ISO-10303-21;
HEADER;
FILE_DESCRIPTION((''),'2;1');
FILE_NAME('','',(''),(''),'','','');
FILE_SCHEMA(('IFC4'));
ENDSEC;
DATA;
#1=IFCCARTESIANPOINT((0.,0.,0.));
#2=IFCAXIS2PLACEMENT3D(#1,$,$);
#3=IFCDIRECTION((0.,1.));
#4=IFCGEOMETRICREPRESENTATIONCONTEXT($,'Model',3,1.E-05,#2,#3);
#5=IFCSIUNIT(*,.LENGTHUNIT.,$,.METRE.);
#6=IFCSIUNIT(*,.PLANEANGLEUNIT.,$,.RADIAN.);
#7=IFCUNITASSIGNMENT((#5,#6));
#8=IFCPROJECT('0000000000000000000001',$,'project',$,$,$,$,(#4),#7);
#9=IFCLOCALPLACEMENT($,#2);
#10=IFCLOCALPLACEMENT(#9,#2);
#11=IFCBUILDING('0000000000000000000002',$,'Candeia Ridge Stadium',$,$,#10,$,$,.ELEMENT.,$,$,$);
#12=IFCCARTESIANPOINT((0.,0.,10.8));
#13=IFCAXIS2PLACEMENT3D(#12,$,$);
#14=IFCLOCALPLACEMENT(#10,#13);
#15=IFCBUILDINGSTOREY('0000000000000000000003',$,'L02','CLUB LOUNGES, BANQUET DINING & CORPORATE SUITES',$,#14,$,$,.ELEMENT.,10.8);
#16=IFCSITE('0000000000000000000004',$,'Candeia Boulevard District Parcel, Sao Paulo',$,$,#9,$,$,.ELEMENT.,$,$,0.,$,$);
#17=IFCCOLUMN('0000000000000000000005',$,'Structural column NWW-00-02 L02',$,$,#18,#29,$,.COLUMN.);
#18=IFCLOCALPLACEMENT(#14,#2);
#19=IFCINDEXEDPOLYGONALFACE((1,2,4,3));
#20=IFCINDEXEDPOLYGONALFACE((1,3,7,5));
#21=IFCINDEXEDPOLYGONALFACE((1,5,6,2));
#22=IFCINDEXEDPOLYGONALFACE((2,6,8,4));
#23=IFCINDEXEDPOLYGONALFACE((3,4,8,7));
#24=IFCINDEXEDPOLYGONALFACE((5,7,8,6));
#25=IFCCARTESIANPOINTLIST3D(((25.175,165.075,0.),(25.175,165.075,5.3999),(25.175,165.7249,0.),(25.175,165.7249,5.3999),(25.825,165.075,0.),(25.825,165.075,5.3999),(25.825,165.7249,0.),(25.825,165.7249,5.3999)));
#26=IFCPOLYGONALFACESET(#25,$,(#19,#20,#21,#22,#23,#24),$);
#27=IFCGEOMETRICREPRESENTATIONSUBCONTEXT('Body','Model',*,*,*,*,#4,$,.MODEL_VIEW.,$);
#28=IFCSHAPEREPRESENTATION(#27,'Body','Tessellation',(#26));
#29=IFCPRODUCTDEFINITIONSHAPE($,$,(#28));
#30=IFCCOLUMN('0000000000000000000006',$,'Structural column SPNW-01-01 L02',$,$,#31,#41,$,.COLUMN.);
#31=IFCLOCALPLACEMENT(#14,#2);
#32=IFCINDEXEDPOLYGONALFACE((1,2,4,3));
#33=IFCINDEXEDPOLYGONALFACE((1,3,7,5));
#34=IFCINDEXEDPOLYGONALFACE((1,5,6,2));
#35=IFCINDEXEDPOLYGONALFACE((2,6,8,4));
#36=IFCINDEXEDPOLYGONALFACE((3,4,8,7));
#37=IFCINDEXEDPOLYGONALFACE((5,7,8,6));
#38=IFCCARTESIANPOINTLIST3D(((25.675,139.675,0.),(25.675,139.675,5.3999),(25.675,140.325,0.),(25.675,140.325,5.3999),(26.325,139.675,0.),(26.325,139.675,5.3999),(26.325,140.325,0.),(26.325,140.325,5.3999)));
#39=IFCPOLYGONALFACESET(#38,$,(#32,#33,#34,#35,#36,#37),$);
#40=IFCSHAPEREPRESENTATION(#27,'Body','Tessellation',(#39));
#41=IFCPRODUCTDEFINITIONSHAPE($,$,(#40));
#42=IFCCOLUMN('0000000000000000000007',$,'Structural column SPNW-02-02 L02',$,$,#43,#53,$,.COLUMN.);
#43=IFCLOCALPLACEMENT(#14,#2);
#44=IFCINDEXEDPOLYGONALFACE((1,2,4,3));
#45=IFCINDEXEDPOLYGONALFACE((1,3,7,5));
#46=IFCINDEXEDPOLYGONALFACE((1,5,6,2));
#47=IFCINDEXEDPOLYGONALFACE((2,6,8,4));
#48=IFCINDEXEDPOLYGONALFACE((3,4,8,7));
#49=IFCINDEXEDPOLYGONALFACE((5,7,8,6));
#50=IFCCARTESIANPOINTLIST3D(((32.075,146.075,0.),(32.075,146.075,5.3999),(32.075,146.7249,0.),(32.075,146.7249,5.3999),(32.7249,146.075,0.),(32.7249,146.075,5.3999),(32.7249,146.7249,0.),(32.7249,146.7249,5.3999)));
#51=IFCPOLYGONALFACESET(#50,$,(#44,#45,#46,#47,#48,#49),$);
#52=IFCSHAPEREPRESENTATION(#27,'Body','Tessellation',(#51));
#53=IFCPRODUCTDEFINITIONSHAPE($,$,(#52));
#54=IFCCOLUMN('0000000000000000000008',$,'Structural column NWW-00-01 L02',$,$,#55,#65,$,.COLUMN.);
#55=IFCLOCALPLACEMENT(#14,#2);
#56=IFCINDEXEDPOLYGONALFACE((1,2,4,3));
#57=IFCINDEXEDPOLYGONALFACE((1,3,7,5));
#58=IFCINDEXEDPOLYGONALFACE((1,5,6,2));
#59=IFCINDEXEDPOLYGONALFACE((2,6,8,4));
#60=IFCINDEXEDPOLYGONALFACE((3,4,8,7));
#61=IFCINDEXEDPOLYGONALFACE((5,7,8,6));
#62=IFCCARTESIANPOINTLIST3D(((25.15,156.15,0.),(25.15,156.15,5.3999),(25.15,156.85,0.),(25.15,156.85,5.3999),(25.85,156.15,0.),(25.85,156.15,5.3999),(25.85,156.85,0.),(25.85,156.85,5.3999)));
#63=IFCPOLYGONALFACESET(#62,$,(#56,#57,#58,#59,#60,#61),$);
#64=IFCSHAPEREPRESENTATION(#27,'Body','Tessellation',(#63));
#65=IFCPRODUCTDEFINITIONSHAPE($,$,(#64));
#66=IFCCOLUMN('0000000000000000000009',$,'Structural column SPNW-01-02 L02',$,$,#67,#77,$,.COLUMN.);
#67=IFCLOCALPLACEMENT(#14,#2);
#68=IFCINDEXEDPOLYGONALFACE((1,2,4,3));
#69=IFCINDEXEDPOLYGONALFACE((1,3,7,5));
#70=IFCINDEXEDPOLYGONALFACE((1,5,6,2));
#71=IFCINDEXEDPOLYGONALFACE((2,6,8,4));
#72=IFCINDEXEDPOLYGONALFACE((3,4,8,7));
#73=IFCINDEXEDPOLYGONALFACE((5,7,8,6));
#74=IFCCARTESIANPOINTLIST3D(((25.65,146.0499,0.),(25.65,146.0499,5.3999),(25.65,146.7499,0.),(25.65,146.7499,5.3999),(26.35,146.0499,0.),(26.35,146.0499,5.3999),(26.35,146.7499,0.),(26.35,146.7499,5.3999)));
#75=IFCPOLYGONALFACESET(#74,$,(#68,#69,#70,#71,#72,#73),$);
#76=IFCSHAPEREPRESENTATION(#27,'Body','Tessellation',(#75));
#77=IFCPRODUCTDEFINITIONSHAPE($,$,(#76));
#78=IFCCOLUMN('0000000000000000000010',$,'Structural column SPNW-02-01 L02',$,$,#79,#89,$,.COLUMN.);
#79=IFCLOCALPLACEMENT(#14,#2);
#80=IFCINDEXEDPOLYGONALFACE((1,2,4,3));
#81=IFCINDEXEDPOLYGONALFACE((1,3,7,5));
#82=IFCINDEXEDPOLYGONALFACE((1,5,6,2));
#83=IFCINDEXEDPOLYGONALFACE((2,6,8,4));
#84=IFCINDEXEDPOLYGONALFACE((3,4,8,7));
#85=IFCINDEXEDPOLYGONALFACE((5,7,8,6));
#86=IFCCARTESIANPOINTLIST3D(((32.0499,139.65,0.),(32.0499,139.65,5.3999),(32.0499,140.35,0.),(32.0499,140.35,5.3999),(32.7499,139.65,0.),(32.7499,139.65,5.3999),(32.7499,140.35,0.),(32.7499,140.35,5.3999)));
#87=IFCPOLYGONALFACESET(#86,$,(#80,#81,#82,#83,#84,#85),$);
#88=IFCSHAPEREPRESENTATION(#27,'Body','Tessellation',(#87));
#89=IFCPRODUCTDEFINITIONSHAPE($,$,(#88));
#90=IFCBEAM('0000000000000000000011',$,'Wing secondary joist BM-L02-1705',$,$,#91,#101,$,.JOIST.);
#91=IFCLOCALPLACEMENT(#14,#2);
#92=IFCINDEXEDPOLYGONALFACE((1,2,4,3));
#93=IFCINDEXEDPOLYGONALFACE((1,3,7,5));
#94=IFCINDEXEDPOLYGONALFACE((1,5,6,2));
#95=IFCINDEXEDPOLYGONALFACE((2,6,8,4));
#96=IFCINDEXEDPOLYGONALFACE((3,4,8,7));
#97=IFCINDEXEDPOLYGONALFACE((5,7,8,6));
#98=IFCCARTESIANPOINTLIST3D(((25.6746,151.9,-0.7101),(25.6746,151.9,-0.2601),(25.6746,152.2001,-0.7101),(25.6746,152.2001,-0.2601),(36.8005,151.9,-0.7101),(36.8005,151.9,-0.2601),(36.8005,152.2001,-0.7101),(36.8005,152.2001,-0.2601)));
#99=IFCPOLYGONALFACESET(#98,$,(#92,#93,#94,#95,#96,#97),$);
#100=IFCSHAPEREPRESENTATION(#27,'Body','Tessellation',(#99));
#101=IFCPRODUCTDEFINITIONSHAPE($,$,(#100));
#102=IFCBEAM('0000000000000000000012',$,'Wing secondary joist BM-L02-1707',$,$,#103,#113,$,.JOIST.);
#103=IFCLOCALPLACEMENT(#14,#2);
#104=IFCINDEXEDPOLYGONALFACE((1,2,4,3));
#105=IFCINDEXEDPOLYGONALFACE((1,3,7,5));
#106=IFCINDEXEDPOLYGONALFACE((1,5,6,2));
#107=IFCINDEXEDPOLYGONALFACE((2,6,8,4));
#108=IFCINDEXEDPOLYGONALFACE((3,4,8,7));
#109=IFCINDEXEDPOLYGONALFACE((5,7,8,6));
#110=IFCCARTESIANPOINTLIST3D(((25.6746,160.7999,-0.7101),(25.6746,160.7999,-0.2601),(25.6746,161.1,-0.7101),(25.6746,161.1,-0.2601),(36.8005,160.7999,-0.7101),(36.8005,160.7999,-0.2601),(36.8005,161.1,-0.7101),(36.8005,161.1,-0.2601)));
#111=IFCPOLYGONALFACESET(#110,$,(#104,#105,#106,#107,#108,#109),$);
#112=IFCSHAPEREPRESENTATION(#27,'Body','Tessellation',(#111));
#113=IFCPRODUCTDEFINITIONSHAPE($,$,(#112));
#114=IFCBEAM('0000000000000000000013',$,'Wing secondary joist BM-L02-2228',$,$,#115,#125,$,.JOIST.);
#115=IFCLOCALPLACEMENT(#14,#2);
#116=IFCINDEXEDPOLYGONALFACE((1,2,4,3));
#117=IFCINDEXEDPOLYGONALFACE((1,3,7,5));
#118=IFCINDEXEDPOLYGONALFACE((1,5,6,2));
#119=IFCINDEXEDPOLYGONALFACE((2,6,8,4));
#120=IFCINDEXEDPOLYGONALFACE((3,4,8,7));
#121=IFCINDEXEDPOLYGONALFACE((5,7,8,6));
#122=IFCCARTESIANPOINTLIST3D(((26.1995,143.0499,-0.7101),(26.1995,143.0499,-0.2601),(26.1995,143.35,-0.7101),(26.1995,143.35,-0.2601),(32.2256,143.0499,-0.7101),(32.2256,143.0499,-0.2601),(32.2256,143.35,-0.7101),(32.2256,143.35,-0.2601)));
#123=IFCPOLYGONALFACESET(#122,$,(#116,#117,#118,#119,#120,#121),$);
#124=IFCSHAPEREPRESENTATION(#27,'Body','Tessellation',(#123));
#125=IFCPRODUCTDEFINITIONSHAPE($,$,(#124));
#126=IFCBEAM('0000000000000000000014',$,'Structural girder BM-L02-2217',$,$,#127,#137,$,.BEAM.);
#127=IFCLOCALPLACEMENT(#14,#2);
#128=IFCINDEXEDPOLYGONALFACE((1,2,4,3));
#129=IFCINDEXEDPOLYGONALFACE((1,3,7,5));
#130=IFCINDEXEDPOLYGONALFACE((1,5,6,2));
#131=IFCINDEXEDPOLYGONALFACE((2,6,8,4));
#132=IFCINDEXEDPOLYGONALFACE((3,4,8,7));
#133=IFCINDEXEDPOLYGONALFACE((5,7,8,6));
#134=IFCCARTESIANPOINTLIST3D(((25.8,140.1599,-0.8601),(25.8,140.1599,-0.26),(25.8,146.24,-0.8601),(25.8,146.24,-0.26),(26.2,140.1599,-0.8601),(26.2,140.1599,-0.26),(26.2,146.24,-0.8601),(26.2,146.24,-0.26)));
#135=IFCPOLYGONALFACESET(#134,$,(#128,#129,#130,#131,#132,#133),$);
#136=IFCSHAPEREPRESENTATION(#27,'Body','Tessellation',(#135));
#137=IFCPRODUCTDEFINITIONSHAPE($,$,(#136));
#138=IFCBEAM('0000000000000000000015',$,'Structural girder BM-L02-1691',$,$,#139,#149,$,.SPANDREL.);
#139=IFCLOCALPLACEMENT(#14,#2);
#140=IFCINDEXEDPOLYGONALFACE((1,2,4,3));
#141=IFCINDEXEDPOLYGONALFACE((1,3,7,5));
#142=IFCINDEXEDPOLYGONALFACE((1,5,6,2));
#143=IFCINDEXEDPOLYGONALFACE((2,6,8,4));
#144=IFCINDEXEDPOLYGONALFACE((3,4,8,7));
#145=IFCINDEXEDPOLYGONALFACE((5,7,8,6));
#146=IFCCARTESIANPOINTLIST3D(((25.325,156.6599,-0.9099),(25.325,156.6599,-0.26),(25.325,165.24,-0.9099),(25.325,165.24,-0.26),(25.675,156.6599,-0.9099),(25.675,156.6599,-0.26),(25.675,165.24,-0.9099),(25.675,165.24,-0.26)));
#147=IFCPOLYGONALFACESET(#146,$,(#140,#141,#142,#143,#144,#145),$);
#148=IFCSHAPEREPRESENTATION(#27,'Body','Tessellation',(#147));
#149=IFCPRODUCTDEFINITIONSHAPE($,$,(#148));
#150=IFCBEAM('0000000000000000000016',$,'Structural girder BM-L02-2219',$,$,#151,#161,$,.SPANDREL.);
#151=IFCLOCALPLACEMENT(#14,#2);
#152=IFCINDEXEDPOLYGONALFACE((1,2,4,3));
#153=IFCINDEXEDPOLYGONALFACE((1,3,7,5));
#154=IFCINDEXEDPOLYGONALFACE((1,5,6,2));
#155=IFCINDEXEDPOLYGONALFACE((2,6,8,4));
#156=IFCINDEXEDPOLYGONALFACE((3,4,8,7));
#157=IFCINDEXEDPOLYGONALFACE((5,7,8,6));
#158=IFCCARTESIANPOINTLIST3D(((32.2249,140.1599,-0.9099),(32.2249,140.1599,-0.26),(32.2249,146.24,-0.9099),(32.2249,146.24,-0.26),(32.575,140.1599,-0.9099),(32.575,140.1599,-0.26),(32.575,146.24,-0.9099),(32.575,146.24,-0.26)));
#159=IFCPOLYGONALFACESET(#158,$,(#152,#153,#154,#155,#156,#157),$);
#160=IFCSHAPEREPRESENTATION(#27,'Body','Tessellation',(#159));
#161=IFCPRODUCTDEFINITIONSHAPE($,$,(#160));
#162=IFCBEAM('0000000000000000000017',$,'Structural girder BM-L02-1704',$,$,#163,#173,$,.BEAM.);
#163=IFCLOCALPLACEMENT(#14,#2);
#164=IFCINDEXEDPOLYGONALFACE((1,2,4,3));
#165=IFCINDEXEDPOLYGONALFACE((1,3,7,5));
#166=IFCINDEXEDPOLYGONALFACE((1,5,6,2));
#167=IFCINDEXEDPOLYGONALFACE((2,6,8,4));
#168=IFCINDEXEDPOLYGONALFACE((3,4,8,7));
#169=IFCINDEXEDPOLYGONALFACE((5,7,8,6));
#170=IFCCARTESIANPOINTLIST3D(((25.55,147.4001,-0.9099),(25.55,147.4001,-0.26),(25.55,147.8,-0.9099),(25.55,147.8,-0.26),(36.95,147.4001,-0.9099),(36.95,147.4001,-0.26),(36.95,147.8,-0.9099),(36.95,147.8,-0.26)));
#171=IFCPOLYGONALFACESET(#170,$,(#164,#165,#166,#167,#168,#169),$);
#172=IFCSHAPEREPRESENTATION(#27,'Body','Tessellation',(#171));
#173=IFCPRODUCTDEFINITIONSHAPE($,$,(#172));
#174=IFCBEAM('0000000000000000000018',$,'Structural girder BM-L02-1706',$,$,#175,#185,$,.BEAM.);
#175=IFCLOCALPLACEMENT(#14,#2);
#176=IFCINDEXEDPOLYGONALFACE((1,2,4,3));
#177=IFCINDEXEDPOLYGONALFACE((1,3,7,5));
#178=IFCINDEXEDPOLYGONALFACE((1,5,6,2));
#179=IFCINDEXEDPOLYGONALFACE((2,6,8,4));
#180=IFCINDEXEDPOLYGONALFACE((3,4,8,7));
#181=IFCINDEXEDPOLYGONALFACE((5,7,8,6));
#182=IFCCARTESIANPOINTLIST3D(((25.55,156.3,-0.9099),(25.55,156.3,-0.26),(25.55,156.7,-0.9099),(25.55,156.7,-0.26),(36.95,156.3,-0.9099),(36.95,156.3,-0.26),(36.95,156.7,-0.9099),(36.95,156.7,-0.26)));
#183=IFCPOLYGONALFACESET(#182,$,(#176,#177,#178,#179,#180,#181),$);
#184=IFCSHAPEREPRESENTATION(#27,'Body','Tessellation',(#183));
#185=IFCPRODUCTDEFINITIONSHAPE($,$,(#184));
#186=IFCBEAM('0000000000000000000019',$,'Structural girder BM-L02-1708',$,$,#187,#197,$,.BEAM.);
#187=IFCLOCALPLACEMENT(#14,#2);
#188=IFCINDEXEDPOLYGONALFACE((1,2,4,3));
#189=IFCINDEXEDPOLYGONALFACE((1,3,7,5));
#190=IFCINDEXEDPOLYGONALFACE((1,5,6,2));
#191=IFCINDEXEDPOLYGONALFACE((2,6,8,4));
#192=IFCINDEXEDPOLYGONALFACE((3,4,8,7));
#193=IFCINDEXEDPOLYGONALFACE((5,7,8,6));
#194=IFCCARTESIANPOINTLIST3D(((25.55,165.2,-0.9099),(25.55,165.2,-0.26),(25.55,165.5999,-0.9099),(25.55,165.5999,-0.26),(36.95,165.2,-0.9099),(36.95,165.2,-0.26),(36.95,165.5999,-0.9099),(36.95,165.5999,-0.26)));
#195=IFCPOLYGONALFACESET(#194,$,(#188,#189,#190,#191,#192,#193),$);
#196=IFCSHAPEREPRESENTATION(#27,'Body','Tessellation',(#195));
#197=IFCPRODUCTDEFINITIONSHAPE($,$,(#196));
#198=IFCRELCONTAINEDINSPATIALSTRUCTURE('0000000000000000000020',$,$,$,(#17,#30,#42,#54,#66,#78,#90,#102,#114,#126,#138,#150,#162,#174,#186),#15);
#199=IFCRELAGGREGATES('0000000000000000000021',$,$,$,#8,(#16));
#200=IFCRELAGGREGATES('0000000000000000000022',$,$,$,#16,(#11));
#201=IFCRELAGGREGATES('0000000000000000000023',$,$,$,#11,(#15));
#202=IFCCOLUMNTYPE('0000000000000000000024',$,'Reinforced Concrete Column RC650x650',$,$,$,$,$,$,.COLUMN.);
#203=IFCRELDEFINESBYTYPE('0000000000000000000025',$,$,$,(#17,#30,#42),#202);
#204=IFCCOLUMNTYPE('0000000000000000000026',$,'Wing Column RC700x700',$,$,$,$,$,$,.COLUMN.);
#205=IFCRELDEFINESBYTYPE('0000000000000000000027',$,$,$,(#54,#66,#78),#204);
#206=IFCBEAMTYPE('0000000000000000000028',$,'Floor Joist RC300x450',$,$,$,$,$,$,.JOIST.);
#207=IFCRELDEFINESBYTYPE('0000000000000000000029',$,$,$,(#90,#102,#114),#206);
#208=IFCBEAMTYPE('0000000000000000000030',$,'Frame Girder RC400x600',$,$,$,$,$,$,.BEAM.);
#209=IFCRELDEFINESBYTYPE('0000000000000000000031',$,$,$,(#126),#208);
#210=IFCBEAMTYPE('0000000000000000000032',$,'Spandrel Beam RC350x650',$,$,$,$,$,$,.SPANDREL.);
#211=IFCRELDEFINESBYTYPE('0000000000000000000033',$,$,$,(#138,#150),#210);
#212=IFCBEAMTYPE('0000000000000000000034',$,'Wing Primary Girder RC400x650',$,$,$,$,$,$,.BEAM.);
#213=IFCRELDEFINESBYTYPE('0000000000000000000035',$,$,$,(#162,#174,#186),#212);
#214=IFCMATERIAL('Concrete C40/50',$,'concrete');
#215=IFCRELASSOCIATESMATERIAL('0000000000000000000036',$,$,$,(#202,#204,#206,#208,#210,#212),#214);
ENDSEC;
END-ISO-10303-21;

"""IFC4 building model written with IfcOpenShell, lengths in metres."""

from ifc_helpers import new_model, si_unit, direction, frame, origin, origin_2d, place, context, subcontext, project, spatial, rectangle, extrude, material, material_profile, profile_set, type_object, element, save


model = new_model("IFC4")

# Units and contexts
model_context = context("Model", 3, precision=1e-05, world=origin(), true_north=direction((0.0, 1.0)))
body_context = subcontext(model_context, "Body", "Model", "MODEL_VIEW")
ifc_project = project(units=[si_unit("LENGTHUNIT", "METRE"), si_unit("PLANEANGLEUNIT", "RADIAN")], contexts=[model_context])

# Site, building, storey
site_placement = place(None, origin())
site = spatial("IfcSite", under=ifc_project, at=site_placement, Name="Candeia Boulevard District Parcel, Sao Paulo", CompositionType="ELEMENT", RefElevation=0.0)
building_placement = place(site_placement, origin())
building = spatial("IfcBuilding", under=site, at=building_placement, Name="Candeia Ridge Stadium", CompositionType="ELEMENT")
storey_placement = place(building_placement, frame((0.0, 0.0, 10.8)))
storey = spatial("IfcBuildingStorey", under=building, at=storey_placement, Name="L02", Description="CLUB LOUNGES, BANQUET DINING & CORPORATE SUITES", CompositionType="ELEMENT", Elevation=10.8)

# Columns
ifc_material_1 = material(Name="Concrete C40/50", Category="concrete")
ifc_material_profile_1 = material_profile(ifc_material_1, rectangle(XDim=0.6499, YDim=0.6499, at=origin_2d()), Name="RC650x650", Category="concrete")
ifc_profile_set_1 = profile_set([ifc_material_profile_1], Name="Concrete C40/50")
column_type_1 = type_object("IfcColumnType", Name="Reinforced Concrete Column RC650x650", PredefinedType="COLUMN", material=ifc_profile_set_1)
for number, where, z_axis, x_axis, name in (
    (1, (25.5, 165.3999, 0.0), (0.0, 0.0, 1.0), (1.0, 0.0, 0.0), "Structural column NWW-00-02 L02"),
    (2, (26.0, 140.0, 0.0), (0.0, 0.0, 1.0), (1.0, 0.0, 0.0), "Structural column SPNW-01-01 L02"),
    (3, (32.3999, 146.3999, 0.0), (0.0, 0.0, 1.0), (1.0, 0.0, 0.0), "Structural column SPNW-02-02 L02"),
):
    element("IfcColumn", number, at=place(storey_placement, frame(where, z_axis=z_axis, x_axis=x_axis)), inside=storey, type_object=column_type_1, Name=name, PredefinedType="COLUMN", context=body_context, shape_type="SweptSolid", body=[
        extrude(rectangle(XDim=0.6499, YDim=0.6499, at=origin_2d()), origin(), (0.0, 0.0, 1.0), 5.3999),
    ])
ifc_material_profile_2 = material_profile(ifc_material_1, rectangle(XDim=0.7, YDim=0.7, at=origin_2d()), Name="RC700x700", Category="concrete")
ifc_profile_set_2 = profile_set([ifc_material_profile_2], Name="Concrete C40/50")
column_type_2 = type_object("IfcColumnType", Name="Wing Column RC700x700", PredefinedType="COLUMN", material=ifc_profile_set_2)
for number, where, z_axis, x_axis, name in (
    (4, (25.5, 156.5, 0.0), (0.0, 0.0, 1.0), (1.0, 0.0, 0.0), "Structural column NWW-00-01 L02"),
    (5, (26.0, 146.3999, 0.0), (0.0, 0.0, 1.0), (1.0, 0.0, 0.0), "Structural column SPNW-01-02 L02"),
    (6, (32.3999, 140.0, 0.0), (0.0, 0.0, 1.0), (1.0, 0.0, 0.0), "Structural column SPNW-02-01 L02"),
):
    element("IfcColumn", number, at=place(storey_placement, frame(where, z_axis=z_axis, x_axis=x_axis)), inside=storey, type_object=column_type_2, Name=name, PredefinedType="COLUMN", context=body_context, shape_type="SweptSolid", body=[
        extrude(rectangle(XDim=0.7, YDim=0.7, at=origin_2d()), origin(), (0.0, 0.0, 1.0), 5.3999),
    ])

# Beams
ifc_material_profile_3 = material_profile(ifc_material_1, rectangle(XDim=0.3, YDim=0.45, at=origin_2d()), Name="RC300x450", Category="concrete")
ifc_profile_set_3 = profile_set([ifc_material_profile_3], Name="Concrete C40/50")
beam_type_1 = type_object("IfcBeamType", Name="Floor Joist RC300x450", PredefinedType="JOIST", material=ifc_profile_set_3)
for number, where, z_axis, x_axis, name in (
    (7, (25.6746, 152.05, -0.4851), (1.0, 0.0, 0.0), (0.0, 1.0, 0.0), "Wing secondary joist BM-L02-1705"),
    (8, (25.6746, 160.95, -0.4851), (1.0, 0.0, 0.0), (0.0, 1.0, 0.0), "Wing secondary joist BM-L02-1707"),
):
    element("IfcBeam", number, at=place(storey_placement, frame(where, z_axis=z_axis, x_axis=x_axis)), inside=storey, type_object=beam_type_1, Name=name, PredefinedType="JOIST", context=body_context, shape_type="SweptSolid", body=[
        extrude(rectangle(XDim=0.3, YDim=0.45, at=origin_2d()), origin(), (0.0, 0.0, 1.0), 11.126),
    ])
beam_1_placement = place(storey_placement, frame((26.1995, 143.2, -0.4851), z_axis=(1.0, 0.0, 0.0), x_axis=(0.0, 1.0, 0.0)))
element("IfcBeam", 9, at=beam_1_placement, inside=storey, type_object=beam_type_1, Name="Wing secondary joist BM-L02-2228", PredefinedType="JOIST", context=body_context, shape_type="SweptSolid", body=[
    extrude(rectangle(XDim=0.3, YDim=0.45, at=origin_2d()), origin(), (0.0, 0.0, 1.0), 6.0261),
])
ifc_material_profile_4 = material_profile(ifc_material_1, rectangle(XDim=0.3999, YDim=0.6001, at=origin_2d()), Name="RC400x600", Category="concrete")
ifc_profile_set_4 = profile_set([ifc_material_profile_4], Name="Concrete C40/50")
beam_type_2 = type_object("IfcBeamType", Name="Frame Girder RC400x600", PredefinedType="BEAM", material=ifc_profile_set_4)
beam_2_placement = place(storey_placement, frame((26.0, 140.1599, -0.5601), z_axis=(0.0, 1.0, 0.0), x_axis=(-1.0, 0.0, 0.0)))
element("IfcBeam", 10, at=beam_2_placement, inside=storey, type_object=beam_type_2, Name="Structural girder BM-L02-2217", PredefinedType="BEAM", context=body_context, shape_type="SweptSolid", body=[
    extrude(rectangle(XDim=0.3999, YDim=0.6001, at=origin_2d()), origin(), (0.0, 0.0, 1.0), 6.0801),
])
ifc_material_profile_5 = material_profile(ifc_material_1, rectangle(XDim=0.3501, YDim=0.6499, at=origin_2d()), Name="RC350x650", Category="concrete")
ifc_profile_set_5 = profile_set([ifc_material_profile_5], Name="Concrete C40/50")
beam_type_3 = type_object("IfcBeamType", Name="Spandrel Beam RC350x650", PredefinedType="SPANDREL", material=ifc_profile_set_5)
beam_3_placement = place(storey_placement, frame((25.5, 156.6599, -0.585), z_axis=(0.0, 1.0, 0.0), x_axis=(-1.0, 0.0, 0.0)))
element("IfcBeam", 11, at=beam_3_placement, inside=storey, type_object=beam_type_3, Name="Structural girder BM-L02-1691", PredefinedType="SPANDREL", context=body_context, shape_type="SweptSolid", body=[
    extrude(rectangle(XDim=0.3501, YDim=0.6499, at=origin_2d()), origin(), (0.0, 0.0, 1.0), 8.5801),
])
beam_4_placement = place(storey_placement, frame((32.3999, 140.1599, -0.585), z_axis=(0.0, 1.0, 0.0), x_axis=(-1.0, 0.0, 0.0)))
element("IfcBeam", 12, at=beam_4_placement, inside=storey, type_object=beam_type_3, Name="Structural girder BM-L02-2219", PredefinedType="SPANDREL", context=body_context, shape_type="SweptSolid", body=[
    extrude(rectangle(XDim=0.3501, YDim=0.6499, at=origin_2d()), origin(), (0.0, 0.0, 1.0), 6.0801),
])
ifc_material_profile_6 = material_profile(ifc_material_1, rectangle(XDim=0.3999, YDim=0.6499, at=origin_2d()), Name="RC400x650", Category="concrete")
ifc_profile_set_6 = profile_set([ifc_material_profile_6], Name="Concrete C40/50")
beam_type_4 = type_object("IfcBeamType", Name="Wing Primary Girder RC400x650", PredefinedType="BEAM", material=ifc_profile_set_6)
for number, where, z_axis, x_axis, name in (
    (13, (25.55, 147.6001, -0.585), (1.0, 0.0, 0.0), (0.0, 1.0, 0.0), "Structural girder BM-L02-1704"),
    (14, (25.55, 156.5, -0.585), (1.0, 0.0, 0.0), (0.0, 1.0, 0.0), "Structural girder BM-L02-1706"),
    (15, (25.55, 165.3999, -0.585), (1.0, 0.0, 0.0), (0.0, 1.0, 0.0), "Structural girder BM-L02-1708"),
):
    element("IfcBeam", number, at=place(storey_placement, frame(where, z_axis=z_axis, x_axis=x_axis)), inside=storey, type_object=beam_type_4, Name=name, PredefinedType="BEAM", context=body_context, shape_type="SweptSolid", body=[
        extrude(rectangle(XDim=0.3999, YDim=0.6499, at=origin_2d()), origin(), (0.0, 0.0, 1.0), 11.3999),
    ])

save(model, "model.ifc")
